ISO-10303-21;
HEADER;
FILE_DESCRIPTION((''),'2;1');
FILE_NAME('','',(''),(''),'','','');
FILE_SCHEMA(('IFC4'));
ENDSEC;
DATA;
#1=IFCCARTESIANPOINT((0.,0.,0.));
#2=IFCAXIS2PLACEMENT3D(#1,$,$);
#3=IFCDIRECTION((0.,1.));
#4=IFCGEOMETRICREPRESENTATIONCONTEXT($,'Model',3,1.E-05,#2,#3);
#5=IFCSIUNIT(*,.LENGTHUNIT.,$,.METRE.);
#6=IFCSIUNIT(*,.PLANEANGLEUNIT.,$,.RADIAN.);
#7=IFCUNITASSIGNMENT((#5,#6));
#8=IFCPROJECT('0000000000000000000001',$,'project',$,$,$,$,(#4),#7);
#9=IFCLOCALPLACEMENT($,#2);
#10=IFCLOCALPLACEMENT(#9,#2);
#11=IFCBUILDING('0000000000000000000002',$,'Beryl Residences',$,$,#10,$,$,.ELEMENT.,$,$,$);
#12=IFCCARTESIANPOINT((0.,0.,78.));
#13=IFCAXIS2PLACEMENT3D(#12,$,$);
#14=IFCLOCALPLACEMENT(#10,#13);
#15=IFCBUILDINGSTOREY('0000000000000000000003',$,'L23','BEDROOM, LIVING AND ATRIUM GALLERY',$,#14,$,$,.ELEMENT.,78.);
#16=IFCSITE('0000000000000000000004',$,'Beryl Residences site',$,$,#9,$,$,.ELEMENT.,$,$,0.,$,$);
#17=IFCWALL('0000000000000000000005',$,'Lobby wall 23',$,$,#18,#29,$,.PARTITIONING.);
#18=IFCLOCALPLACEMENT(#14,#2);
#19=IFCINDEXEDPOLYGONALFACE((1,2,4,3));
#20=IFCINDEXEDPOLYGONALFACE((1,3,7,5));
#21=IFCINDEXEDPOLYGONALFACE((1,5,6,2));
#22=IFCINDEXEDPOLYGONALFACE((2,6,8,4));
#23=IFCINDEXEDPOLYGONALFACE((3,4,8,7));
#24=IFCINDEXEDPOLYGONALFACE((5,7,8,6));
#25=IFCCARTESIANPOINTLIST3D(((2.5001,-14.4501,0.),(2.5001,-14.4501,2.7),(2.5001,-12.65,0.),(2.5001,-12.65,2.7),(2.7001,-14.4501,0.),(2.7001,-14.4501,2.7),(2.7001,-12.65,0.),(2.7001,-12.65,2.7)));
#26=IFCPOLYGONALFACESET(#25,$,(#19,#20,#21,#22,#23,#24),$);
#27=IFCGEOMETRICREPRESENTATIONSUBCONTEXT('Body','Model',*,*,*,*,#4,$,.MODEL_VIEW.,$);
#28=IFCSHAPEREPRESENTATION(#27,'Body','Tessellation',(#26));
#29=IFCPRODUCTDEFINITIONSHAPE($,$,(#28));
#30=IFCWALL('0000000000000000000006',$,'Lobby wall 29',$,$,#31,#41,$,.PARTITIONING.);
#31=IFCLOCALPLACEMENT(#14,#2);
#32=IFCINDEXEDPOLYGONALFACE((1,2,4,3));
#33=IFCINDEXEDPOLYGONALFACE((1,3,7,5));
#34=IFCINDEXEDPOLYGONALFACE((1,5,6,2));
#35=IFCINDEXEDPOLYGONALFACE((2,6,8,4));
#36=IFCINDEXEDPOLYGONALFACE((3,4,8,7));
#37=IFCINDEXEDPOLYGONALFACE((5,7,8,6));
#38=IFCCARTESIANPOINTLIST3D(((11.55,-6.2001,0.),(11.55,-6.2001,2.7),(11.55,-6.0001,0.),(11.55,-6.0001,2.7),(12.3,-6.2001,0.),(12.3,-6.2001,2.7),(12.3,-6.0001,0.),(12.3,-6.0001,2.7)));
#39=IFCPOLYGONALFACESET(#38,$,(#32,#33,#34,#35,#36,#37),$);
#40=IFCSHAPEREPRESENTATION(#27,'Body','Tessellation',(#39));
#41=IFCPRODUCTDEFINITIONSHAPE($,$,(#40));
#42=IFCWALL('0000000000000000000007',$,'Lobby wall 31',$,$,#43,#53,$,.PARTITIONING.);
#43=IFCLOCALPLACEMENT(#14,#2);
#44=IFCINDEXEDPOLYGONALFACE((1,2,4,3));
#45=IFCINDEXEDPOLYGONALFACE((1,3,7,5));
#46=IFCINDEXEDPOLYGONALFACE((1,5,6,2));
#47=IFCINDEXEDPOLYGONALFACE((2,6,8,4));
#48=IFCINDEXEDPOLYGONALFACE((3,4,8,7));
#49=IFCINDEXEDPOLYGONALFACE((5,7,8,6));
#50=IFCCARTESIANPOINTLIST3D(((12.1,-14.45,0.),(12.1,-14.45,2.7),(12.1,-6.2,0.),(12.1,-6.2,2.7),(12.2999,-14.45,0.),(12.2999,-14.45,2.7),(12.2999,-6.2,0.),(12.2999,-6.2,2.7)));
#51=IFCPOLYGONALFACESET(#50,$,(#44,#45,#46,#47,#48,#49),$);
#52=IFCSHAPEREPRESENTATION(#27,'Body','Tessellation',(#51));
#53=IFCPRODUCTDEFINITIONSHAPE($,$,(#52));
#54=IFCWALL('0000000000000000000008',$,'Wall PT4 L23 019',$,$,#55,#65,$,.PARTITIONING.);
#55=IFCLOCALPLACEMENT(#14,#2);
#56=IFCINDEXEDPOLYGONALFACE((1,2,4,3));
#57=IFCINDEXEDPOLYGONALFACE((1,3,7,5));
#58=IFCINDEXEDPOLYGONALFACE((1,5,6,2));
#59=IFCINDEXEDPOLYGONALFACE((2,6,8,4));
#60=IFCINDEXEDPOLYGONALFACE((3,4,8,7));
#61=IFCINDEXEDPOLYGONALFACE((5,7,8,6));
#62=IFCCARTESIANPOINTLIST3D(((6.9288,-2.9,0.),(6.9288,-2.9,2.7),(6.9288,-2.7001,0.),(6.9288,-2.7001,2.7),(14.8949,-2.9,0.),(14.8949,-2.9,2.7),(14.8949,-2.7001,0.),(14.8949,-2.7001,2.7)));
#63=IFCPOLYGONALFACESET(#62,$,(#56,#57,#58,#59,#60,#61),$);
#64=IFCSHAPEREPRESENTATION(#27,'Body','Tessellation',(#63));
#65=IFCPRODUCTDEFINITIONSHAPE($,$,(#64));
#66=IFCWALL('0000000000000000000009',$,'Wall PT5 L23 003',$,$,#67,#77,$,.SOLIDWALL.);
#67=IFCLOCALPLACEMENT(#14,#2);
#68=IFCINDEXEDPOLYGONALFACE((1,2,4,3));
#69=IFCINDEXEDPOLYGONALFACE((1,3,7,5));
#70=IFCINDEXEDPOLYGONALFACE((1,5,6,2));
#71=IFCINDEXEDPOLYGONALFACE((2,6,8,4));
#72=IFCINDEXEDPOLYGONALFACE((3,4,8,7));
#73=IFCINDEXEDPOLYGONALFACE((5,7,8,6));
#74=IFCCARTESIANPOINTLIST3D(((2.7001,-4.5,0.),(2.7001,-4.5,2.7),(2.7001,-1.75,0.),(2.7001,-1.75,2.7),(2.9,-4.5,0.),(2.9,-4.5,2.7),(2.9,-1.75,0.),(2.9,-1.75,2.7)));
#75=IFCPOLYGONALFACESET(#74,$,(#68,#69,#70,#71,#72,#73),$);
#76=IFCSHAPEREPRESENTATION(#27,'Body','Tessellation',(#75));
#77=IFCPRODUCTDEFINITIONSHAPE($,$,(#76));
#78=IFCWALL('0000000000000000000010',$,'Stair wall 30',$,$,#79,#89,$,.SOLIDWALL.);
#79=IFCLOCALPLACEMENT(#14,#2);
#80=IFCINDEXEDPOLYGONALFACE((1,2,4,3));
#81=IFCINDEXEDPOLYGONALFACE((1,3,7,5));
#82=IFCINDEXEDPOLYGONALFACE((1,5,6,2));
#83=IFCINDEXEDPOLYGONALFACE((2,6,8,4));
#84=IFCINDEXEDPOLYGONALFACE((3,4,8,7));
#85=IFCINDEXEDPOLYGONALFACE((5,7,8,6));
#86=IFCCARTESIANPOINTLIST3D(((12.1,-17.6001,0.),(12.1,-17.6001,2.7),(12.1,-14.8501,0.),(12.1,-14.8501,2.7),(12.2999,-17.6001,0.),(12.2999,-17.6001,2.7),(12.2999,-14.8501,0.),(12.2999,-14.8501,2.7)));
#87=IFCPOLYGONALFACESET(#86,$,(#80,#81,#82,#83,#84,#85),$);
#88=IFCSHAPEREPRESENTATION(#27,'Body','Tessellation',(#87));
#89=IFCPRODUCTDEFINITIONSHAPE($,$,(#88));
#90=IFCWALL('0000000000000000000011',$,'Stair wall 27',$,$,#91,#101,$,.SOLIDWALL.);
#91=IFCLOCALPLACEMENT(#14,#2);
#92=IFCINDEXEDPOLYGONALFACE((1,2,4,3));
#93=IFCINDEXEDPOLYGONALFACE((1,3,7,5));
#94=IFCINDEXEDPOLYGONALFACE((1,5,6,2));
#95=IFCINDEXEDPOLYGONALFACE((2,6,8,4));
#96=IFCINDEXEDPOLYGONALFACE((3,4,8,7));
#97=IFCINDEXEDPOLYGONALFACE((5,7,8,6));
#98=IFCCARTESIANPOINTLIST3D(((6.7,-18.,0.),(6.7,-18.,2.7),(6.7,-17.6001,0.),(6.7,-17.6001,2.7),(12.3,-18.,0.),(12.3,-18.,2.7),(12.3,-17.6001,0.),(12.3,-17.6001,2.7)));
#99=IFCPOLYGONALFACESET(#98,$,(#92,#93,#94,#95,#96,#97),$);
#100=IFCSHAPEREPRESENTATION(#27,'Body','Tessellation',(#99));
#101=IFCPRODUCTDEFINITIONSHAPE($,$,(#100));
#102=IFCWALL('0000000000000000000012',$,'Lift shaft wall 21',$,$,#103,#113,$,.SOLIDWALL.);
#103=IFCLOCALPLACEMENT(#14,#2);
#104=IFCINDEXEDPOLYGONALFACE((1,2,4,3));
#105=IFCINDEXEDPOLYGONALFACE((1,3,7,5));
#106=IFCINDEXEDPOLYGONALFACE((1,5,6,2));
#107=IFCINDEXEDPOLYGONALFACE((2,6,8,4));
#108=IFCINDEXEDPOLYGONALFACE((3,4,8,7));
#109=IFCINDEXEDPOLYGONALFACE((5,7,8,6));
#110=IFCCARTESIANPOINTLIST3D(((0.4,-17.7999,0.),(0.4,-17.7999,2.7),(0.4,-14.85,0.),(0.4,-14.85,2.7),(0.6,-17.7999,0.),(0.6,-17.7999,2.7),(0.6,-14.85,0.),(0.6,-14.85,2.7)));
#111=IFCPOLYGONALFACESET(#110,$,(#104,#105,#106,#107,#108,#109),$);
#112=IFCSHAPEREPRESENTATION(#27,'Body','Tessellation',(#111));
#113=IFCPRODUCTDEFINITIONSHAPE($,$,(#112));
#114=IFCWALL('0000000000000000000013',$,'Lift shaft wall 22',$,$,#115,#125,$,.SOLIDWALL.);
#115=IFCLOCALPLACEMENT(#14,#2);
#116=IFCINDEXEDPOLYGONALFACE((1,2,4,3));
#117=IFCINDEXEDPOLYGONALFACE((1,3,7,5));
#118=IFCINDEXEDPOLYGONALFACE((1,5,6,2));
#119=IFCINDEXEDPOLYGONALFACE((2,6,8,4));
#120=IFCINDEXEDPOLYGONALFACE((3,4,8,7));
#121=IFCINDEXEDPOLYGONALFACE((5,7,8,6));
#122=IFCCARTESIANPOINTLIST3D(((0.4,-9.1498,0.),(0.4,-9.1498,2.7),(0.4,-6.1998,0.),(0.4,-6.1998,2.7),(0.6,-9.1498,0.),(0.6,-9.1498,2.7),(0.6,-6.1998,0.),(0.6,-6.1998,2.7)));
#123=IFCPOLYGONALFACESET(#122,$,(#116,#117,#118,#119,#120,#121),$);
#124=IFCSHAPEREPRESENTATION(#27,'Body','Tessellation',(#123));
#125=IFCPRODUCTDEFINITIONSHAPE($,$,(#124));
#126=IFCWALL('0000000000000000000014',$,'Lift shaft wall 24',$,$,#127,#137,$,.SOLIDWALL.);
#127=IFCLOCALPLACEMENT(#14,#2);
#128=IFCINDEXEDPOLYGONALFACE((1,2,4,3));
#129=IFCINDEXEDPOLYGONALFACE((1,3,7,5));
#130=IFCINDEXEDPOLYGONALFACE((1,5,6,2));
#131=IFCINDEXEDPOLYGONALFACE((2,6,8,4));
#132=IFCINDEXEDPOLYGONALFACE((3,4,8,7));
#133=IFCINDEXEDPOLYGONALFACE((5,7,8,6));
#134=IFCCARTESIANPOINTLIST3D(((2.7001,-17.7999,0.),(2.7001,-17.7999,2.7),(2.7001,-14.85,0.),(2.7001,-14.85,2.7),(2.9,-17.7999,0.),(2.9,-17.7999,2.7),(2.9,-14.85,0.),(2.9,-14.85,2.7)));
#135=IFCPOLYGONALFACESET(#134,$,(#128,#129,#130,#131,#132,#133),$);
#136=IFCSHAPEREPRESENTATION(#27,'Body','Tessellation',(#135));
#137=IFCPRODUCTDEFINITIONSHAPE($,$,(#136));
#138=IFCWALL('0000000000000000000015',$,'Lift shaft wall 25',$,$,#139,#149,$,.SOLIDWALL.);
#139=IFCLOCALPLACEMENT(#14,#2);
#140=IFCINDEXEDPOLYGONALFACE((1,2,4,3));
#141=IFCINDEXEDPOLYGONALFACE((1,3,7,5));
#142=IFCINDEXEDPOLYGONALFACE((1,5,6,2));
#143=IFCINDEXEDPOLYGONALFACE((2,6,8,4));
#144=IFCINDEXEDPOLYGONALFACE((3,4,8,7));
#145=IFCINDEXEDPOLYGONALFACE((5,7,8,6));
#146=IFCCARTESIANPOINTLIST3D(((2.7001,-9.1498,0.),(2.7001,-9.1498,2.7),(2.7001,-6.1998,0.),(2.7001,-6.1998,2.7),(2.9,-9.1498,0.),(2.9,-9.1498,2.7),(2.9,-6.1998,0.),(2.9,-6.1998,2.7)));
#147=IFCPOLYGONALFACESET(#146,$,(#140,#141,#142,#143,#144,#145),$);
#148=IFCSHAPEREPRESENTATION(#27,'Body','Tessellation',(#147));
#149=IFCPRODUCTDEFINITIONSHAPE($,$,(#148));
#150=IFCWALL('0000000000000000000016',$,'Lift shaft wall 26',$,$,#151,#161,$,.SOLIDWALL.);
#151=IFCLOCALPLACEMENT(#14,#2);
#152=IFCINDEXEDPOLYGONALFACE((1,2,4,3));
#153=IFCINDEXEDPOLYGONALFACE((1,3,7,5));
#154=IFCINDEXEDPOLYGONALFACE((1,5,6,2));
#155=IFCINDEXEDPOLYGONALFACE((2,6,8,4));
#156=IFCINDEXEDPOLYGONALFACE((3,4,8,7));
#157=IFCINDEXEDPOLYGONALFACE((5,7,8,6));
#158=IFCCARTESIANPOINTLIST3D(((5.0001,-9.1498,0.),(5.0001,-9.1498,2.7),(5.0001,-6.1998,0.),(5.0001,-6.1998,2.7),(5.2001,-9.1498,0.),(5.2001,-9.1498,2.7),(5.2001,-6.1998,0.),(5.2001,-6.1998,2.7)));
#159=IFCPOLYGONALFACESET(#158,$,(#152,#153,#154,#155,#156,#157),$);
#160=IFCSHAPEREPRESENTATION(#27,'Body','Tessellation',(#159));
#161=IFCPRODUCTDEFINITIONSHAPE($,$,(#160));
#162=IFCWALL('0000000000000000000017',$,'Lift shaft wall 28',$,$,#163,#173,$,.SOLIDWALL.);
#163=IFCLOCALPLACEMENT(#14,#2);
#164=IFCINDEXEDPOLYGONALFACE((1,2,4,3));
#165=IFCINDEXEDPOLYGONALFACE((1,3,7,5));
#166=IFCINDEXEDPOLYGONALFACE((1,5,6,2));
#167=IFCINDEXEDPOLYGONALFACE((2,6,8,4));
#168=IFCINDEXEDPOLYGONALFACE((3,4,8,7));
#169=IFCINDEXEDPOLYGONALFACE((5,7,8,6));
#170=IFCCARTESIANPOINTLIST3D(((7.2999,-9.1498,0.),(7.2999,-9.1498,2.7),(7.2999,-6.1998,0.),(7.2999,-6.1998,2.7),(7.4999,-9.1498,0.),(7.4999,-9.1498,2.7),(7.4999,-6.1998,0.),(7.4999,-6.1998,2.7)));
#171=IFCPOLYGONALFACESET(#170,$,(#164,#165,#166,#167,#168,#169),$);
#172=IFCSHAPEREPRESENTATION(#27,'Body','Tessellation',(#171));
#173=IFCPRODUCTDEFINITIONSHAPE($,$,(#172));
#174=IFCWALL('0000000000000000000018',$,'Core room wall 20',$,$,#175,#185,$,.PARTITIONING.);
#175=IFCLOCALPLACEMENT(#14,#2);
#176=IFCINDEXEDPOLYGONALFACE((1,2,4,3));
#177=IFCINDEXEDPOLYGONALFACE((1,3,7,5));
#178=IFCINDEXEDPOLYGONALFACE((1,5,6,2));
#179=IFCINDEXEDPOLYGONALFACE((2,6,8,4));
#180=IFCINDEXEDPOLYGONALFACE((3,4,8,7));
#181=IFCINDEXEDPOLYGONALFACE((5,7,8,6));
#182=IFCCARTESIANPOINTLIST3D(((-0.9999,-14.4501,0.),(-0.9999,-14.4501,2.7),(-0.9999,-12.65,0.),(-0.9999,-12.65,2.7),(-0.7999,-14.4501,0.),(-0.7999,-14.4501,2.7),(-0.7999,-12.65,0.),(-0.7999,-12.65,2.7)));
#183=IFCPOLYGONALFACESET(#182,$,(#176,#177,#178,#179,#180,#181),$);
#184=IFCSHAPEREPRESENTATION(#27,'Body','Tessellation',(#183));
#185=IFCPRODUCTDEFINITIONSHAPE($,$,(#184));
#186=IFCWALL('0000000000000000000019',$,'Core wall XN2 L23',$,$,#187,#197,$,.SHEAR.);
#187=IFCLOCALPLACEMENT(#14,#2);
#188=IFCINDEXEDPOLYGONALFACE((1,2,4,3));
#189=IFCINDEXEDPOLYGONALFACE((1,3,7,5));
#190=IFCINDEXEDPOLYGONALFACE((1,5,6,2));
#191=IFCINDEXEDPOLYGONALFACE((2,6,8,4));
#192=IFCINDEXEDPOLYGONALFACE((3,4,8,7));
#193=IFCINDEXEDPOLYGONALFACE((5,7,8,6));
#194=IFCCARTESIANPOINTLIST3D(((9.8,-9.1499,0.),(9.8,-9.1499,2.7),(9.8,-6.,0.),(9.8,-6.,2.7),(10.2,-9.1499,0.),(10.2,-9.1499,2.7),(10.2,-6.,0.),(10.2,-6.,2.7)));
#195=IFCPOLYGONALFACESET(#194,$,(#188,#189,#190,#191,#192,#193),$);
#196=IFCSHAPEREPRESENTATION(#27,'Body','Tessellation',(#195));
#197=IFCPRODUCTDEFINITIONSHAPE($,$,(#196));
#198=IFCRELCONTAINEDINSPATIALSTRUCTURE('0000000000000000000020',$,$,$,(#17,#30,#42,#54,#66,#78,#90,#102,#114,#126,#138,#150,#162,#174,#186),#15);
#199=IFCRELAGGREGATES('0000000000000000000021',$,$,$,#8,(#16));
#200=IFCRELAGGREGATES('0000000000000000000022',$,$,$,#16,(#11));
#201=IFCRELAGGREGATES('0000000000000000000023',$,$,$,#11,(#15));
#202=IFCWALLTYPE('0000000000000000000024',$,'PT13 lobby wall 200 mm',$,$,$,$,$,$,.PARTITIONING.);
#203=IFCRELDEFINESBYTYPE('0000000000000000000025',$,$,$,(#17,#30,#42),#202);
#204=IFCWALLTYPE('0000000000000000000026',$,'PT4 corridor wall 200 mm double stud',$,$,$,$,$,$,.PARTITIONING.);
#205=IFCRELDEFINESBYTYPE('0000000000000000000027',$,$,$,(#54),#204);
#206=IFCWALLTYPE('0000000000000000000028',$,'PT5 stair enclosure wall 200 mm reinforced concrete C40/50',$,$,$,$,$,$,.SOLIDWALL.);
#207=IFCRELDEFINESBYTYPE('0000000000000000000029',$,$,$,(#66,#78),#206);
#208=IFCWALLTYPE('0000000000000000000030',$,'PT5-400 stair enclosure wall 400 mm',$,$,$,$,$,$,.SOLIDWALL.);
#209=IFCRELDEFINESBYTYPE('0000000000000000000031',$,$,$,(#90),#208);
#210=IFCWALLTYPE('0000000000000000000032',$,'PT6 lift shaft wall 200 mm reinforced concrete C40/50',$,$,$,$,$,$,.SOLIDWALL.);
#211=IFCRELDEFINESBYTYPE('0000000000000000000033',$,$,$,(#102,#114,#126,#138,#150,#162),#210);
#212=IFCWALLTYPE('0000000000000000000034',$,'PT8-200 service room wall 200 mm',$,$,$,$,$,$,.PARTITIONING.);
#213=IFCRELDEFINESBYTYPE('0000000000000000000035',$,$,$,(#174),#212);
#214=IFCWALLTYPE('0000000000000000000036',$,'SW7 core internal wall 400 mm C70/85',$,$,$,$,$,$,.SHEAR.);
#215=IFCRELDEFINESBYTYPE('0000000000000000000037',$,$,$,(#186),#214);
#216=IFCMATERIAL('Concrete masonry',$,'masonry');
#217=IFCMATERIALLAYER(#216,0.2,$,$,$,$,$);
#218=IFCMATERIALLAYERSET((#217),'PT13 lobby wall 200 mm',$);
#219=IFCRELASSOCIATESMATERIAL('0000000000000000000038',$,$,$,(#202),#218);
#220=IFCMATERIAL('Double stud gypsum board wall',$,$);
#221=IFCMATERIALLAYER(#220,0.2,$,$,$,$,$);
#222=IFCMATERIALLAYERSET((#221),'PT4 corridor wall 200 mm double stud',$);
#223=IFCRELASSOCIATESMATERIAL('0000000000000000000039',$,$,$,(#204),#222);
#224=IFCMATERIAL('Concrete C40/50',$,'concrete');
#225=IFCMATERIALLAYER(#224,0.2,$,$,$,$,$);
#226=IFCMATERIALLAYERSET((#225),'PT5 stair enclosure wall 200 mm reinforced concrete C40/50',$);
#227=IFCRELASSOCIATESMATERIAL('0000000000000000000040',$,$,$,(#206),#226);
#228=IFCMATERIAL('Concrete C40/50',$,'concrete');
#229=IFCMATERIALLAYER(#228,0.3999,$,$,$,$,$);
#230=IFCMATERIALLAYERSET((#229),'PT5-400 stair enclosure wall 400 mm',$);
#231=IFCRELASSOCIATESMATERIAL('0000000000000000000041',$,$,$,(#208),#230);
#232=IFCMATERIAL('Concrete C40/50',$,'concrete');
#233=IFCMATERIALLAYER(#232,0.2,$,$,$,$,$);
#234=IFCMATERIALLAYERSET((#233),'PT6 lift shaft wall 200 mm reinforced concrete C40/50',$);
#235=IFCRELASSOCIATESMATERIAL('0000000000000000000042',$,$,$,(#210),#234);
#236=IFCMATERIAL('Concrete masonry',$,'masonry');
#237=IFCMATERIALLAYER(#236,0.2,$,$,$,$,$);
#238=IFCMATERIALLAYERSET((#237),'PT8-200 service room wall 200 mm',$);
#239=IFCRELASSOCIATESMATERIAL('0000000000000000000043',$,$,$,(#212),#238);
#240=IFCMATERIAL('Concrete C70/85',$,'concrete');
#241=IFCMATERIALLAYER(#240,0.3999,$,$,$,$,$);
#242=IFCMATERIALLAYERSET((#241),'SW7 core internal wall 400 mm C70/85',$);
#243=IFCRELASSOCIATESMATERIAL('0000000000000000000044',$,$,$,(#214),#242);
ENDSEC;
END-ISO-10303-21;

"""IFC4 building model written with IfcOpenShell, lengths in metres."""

from ifc_helpers import new_model, si_unit, direction, frame, frame_2d, origin, place, context, subcontext, project, spatial, rectangle, extrude, material, layer, layer_set, type_object, element, save


model = new_model("IFC4")

# Units and contexts
model_context = context("Model", 3, precision=1e-05, world=origin(), true_north=direction((0.0, 1.0)))
body_context = subcontext(model_context, "Body", "Model", "MODEL_VIEW")
ifc_project = project(units=[si_unit("LENGTHUNIT", "METRE"), si_unit("PLANEANGLEUNIT", "RADIAN")], contexts=[model_context])

# Site, building, storey
site_placement = place(None, origin())
site = spatial("IfcSite", under=ifc_project, at=site_placement, Name="Beryl Residences site", CompositionType="ELEMENT", RefElevation=0.0)
building_placement = place(site_placement, origin())
building = spatial("IfcBuilding", under=site, at=building_placement, Name="Beryl Residences", CompositionType="ELEMENT")
storey_placement = place(building_placement, frame((0.0, 0.0, 78.0)))
storey = spatial("IfcBuildingStorey", under=building, at=storey_placement, Name="L23", Description="BEDROOM, LIVING AND ATRIUM GALLERY", CompositionType="ELEMENT", Elevation=78.0)

# Walls
ifc_material_1 = material(Name="Concrete masonry", Category="masonry")
ifc_layer_1 = layer(ifc_material_1, 0.2)
ifc_layer_set_1 = layer_set([ifc_layer_1], Name="PT13 lobby wall 200 mm")
wall_type_1 = type_object("IfcWallType", Name="PT13 lobby wall 200 mm", PredefinedType="PARTITIONING", material=ifc_layer_set_1)
wall_1_placement = place(storey_placement, frame((2.6001, -14.45, 0.0), z_axis=(0.0, 0.0, 1.0), x_axis=(0.0, 1.0, 0.0)))
element("IfcWall", 1, at=wall_1_placement, inside=storey, type_object=wall_type_1, Name="Lobby wall 23", PredefinedType="PARTITIONING", context=body_context, shape_type="SweptSolid", body=[
    extrude(rectangle(XDim=1.8, YDim=0.2, at=frame_2d((0.8999, 0.0))), origin(), (0.0, 0.0, 1.0), 2.7),
])
wall_2_placement = place(storey_placement, frame((11.55, -6.1001, 0.0), z_axis=(0.0, 0.0, 1.0), x_axis=(1.0, 0.0, 0.0)))
element("IfcWall", 2, at=wall_2_placement, inside=storey, type_object=wall_type_1, Name="Lobby wall 29", PredefinedType="PARTITIONING", context=body_context, shape_type="SweptSolid", body=[
    extrude(rectangle(XDim=0.75, YDim=0.2, at=frame_2d((0.375, 0.0))), origin(), (0.0, 0.0, 1.0), 2.7),
])
wall_3_placement = place(storey_placement, frame((12.2, -14.45, 0.0), z_axis=(0.0, 0.0, 1.0), x_axis=(0.0, 1.0, 0.0)))
element("IfcWall", 3, at=wall_3_placement, inside=storey, type_object=wall_type_1, Name="Lobby wall 31", PredefinedType="PARTITIONING", context=body_context, shape_type="SweptSolid", body=[
    extrude(rectangle(XDim=8.25, YDim=0.2, at=frame_2d((4.125, 0.0))), origin(), (0.0, 0.0, 1.0), 2.7),
])
ifc_material_2 = material(Name="Double stud gypsum board wall")
ifc_layer_2 = layer(ifc_material_2, 0.2)
ifc_layer_set_2 = layer_set([ifc_layer_2], Name="PT4 corridor wall 200 mm double stud")
wall_type_2 = type_object("IfcWallType", Name="PT4 corridor wall 200 mm double stud", PredefinedType="PARTITIONING", material=ifc_layer_set_2)
wall_4_placement = place(storey_placement, frame((6.929, -2.8, 0.0), z_axis=(0.0, 0.0, 1.0), x_axis=(1.0, 0.0, 0.0)))
element("IfcWall", 4, at=wall_4_placement, inside=storey, type_object=wall_type_2, Name="Wall PT4 L23 019", PredefinedType="PARTITIONING", context=body_context, shape_type="SweptSolid", body=[
    extrude(rectangle(XDim=7.9661, YDim=0.2, at=frame_2d((3.9829, 0.0))), origin(), (0.0, 0.0, 1.0), 2.7),
])
ifc_material_3 = material(Name="Concrete C40/50", Category="concrete")
ifc_layer_3 = layer(ifc_material_3, 0.2)
ifc_layer_set_3 = layer_set([ifc_layer_3], Name="PT5 stair enclosure wall 200 mm reinforced concrete C40/50")
wall_type_3 = type_object("IfcWallType", Name="PT5 stair enclosure wall 200 mm reinforced concrete C40/50", PredefinedType="SOLIDWALL", material=ifc_layer_set_3)
for number, where, z_axis, x_axis, name in (
    (5, (2.8, -4.5, 0.0), (0.0, 0.0, 1.0), (0.0, 1.0, 0.0), "Wall PT5 L23 003"),
    (6, (12.2, -17.6001, 0.0), (0.0, 0.0, 1.0), (0.0, 1.0, 0.0), "Stair wall 30"),
):
    element("IfcWall", number, at=place(storey_placement, frame(where, z_axis=z_axis, x_axis=x_axis)), inside=storey, type_object=wall_type_3, Name=name, PredefinedType="SOLIDWALL", context=body_context, shape_type="SweptSolid", body=[
        extrude(rectangle(XDim=2.75, YDim=0.2, at=frame_2d((1.375, 0.0))), origin(), (0.0, 0.0, 1.0), 2.7),
    ])
ifc_material_4 = material(Name="Concrete C40/50", Category="concrete")
ifc_layer_4 = layer(ifc_material_4, 0.3999)
ifc_layer_set_4 = layer_set([ifc_layer_4], Name="PT5-400 stair enclosure wall 400 mm")
wall_type_4 = type_object("IfcWallType", Name="PT5-400 stair enclosure wall 400 mm", PredefinedType="SOLIDWALL", material=ifc_layer_set_4)
wall_5_placement = place(storey_placement, frame((6.7, -17.8, 0.0), z_axis=(0.0, 0.0, 1.0), x_axis=(1.0, 0.0, 0.0)))
element("IfcWall", 7, at=wall_5_placement, inside=storey, type_object=wall_type_4, Name="Stair wall 27", PredefinedType="SOLIDWALL", context=body_context, shape_type="SweptSolid", body=[
    extrude(rectangle(XDim=5.6001, YDim=0.3999, at=frame_2d((2.8, 0.0))), origin(), (0.0, 0.0, 1.0), 2.7),
])
ifc_material_5 = material(Name="Concrete C40/50", Category="concrete")
ifc_layer_5 = layer(ifc_material_5, 0.2)
ifc_layer_set_5 = layer_set([ifc_layer_5], Name="PT6 lift shaft wall 200 mm reinforced concrete C40/50")
wall_type_5 = type_object("IfcWallType", Name="PT6 lift shaft wall 200 mm reinforced concrete C40/50", PredefinedType="SOLIDWALL", material=ifc_layer_set_5)
for number, where, z_axis, x_axis, name in (
    (8, (0.5, -17.8, 0.0), (0.0, 0.0, 1.0), (0.0, 1.0, 0.0), "Lift shaft wall 21"),
    (9, (0.5, -9.1499, 0.0), (0.0, 0.0, 1.0), (0.0, 1.0, 0.0), "Lift shaft wall 22"),
    (10, (2.8, -17.8, 0.0), (0.0, 0.0, 1.0), (0.0, 1.0, 0.0), "Lift shaft wall 24"),
    (11, (2.8, -9.1499, 0.0), (0.0, 0.0, 1.0), (0.0, 1.0, 0.0), "Lift shaft wall 25"),
    (12, (5.1001, -9.1499, 0.0), (0.0, 0.0, 1.0), (0.0, 1.0, 0.0), "Lift shaft wall 26"),
    (13, (7.3999, -9.1499, 0.0), (0.0, 0.0, 1.0), (0.0, 1.0, 0.0), "Lift shaft wall 28"),
):
    element("IfcWall", number, at=place(storey_placement, frame(where, z_axis=z_axis, x_axis=x_axis)), inside=storey, type_object=wall_type_5, Name=name, PredefinedType="SOLIDWALL", context=body_context, shape_type="SweptSolid", body=[
        extrude(rectangle(XDim=2.95, YDim=0.2, at=frame_2d((1.4751, 0.0))), origin(), (0.0, 0.0, 1.0), 2.7),
    ])
ifc_material_6 = material(Name="Concrete masonry", Category="masonry")
ifc_layer_6 = layer(ifc_material_6, 0.2)
ifc_layer_set_6 = layer_set([ifc_layer_6], Name="PT8-200 service room wall 200 mm")
wall_type_6 = type_object("IfcWallType", Name="PT8-200 service room wall 200 mm", PredefinedType="PARTITIONING", material=ifc_layer_set_6)
wall_6_placement = place(storey_placement, frame((-0.8999, -14.45, 0.0), z_axis=(0.0, 0.0, 1.0), x_axis=(0.0, 1.0, 0.0)))
element("IfcWall", 14, at=wall_6_placement, inside=storey, type_object=wall_type_6, Name="Core room wall 20", PredefinedType="PARTITIONING", context=body_context, shape_type="SweptSolid", body=[
    extrude(rectangle(XDim=1.8, YDim=0.2, at=frame_2d((0.8999, 0.0))), origin(), (0.0, 0.0, 1.0), 2.7),
])
ifc_material_7 = material(Name="Concrete C70/85", Category="concrete")
ifc_layer_7 = layer(ifc_material_7, 0.3999)
ifc_layer_set_7 = layer_set([ifc_layer_7], Name="SW7 core internal wall 400 mm C70/85")
wall_type_7 = type_object("IfcWallType", Name="SW7 core internal wall 400 mm C70/85", PredefinedType="SHEAR", material=ifc_layer_set_7)
wall_7_placement = place(storey_placement, frame((10.0, -9.1499, 0.0), z_axis=(0.0, 0.0, 1.0), x_axis=(0.0, 1.0, 0.0)))
element("IfcWall", 15, at=wall_7_placement, inside=storey, type_object=wall_type_7, Name="Core wall XN2 L23", PredefinedType="SHEAR", context=body_context, shape_type="SweptSolid", body=[
    extrude(rectangle(XDim=3.1499, YDim=0.3999, at=frame_2d((1.575, 0.0))), origin(), (0.0, 0.0, 1.0), 2.7),
])

save(model, "model.ifc")
